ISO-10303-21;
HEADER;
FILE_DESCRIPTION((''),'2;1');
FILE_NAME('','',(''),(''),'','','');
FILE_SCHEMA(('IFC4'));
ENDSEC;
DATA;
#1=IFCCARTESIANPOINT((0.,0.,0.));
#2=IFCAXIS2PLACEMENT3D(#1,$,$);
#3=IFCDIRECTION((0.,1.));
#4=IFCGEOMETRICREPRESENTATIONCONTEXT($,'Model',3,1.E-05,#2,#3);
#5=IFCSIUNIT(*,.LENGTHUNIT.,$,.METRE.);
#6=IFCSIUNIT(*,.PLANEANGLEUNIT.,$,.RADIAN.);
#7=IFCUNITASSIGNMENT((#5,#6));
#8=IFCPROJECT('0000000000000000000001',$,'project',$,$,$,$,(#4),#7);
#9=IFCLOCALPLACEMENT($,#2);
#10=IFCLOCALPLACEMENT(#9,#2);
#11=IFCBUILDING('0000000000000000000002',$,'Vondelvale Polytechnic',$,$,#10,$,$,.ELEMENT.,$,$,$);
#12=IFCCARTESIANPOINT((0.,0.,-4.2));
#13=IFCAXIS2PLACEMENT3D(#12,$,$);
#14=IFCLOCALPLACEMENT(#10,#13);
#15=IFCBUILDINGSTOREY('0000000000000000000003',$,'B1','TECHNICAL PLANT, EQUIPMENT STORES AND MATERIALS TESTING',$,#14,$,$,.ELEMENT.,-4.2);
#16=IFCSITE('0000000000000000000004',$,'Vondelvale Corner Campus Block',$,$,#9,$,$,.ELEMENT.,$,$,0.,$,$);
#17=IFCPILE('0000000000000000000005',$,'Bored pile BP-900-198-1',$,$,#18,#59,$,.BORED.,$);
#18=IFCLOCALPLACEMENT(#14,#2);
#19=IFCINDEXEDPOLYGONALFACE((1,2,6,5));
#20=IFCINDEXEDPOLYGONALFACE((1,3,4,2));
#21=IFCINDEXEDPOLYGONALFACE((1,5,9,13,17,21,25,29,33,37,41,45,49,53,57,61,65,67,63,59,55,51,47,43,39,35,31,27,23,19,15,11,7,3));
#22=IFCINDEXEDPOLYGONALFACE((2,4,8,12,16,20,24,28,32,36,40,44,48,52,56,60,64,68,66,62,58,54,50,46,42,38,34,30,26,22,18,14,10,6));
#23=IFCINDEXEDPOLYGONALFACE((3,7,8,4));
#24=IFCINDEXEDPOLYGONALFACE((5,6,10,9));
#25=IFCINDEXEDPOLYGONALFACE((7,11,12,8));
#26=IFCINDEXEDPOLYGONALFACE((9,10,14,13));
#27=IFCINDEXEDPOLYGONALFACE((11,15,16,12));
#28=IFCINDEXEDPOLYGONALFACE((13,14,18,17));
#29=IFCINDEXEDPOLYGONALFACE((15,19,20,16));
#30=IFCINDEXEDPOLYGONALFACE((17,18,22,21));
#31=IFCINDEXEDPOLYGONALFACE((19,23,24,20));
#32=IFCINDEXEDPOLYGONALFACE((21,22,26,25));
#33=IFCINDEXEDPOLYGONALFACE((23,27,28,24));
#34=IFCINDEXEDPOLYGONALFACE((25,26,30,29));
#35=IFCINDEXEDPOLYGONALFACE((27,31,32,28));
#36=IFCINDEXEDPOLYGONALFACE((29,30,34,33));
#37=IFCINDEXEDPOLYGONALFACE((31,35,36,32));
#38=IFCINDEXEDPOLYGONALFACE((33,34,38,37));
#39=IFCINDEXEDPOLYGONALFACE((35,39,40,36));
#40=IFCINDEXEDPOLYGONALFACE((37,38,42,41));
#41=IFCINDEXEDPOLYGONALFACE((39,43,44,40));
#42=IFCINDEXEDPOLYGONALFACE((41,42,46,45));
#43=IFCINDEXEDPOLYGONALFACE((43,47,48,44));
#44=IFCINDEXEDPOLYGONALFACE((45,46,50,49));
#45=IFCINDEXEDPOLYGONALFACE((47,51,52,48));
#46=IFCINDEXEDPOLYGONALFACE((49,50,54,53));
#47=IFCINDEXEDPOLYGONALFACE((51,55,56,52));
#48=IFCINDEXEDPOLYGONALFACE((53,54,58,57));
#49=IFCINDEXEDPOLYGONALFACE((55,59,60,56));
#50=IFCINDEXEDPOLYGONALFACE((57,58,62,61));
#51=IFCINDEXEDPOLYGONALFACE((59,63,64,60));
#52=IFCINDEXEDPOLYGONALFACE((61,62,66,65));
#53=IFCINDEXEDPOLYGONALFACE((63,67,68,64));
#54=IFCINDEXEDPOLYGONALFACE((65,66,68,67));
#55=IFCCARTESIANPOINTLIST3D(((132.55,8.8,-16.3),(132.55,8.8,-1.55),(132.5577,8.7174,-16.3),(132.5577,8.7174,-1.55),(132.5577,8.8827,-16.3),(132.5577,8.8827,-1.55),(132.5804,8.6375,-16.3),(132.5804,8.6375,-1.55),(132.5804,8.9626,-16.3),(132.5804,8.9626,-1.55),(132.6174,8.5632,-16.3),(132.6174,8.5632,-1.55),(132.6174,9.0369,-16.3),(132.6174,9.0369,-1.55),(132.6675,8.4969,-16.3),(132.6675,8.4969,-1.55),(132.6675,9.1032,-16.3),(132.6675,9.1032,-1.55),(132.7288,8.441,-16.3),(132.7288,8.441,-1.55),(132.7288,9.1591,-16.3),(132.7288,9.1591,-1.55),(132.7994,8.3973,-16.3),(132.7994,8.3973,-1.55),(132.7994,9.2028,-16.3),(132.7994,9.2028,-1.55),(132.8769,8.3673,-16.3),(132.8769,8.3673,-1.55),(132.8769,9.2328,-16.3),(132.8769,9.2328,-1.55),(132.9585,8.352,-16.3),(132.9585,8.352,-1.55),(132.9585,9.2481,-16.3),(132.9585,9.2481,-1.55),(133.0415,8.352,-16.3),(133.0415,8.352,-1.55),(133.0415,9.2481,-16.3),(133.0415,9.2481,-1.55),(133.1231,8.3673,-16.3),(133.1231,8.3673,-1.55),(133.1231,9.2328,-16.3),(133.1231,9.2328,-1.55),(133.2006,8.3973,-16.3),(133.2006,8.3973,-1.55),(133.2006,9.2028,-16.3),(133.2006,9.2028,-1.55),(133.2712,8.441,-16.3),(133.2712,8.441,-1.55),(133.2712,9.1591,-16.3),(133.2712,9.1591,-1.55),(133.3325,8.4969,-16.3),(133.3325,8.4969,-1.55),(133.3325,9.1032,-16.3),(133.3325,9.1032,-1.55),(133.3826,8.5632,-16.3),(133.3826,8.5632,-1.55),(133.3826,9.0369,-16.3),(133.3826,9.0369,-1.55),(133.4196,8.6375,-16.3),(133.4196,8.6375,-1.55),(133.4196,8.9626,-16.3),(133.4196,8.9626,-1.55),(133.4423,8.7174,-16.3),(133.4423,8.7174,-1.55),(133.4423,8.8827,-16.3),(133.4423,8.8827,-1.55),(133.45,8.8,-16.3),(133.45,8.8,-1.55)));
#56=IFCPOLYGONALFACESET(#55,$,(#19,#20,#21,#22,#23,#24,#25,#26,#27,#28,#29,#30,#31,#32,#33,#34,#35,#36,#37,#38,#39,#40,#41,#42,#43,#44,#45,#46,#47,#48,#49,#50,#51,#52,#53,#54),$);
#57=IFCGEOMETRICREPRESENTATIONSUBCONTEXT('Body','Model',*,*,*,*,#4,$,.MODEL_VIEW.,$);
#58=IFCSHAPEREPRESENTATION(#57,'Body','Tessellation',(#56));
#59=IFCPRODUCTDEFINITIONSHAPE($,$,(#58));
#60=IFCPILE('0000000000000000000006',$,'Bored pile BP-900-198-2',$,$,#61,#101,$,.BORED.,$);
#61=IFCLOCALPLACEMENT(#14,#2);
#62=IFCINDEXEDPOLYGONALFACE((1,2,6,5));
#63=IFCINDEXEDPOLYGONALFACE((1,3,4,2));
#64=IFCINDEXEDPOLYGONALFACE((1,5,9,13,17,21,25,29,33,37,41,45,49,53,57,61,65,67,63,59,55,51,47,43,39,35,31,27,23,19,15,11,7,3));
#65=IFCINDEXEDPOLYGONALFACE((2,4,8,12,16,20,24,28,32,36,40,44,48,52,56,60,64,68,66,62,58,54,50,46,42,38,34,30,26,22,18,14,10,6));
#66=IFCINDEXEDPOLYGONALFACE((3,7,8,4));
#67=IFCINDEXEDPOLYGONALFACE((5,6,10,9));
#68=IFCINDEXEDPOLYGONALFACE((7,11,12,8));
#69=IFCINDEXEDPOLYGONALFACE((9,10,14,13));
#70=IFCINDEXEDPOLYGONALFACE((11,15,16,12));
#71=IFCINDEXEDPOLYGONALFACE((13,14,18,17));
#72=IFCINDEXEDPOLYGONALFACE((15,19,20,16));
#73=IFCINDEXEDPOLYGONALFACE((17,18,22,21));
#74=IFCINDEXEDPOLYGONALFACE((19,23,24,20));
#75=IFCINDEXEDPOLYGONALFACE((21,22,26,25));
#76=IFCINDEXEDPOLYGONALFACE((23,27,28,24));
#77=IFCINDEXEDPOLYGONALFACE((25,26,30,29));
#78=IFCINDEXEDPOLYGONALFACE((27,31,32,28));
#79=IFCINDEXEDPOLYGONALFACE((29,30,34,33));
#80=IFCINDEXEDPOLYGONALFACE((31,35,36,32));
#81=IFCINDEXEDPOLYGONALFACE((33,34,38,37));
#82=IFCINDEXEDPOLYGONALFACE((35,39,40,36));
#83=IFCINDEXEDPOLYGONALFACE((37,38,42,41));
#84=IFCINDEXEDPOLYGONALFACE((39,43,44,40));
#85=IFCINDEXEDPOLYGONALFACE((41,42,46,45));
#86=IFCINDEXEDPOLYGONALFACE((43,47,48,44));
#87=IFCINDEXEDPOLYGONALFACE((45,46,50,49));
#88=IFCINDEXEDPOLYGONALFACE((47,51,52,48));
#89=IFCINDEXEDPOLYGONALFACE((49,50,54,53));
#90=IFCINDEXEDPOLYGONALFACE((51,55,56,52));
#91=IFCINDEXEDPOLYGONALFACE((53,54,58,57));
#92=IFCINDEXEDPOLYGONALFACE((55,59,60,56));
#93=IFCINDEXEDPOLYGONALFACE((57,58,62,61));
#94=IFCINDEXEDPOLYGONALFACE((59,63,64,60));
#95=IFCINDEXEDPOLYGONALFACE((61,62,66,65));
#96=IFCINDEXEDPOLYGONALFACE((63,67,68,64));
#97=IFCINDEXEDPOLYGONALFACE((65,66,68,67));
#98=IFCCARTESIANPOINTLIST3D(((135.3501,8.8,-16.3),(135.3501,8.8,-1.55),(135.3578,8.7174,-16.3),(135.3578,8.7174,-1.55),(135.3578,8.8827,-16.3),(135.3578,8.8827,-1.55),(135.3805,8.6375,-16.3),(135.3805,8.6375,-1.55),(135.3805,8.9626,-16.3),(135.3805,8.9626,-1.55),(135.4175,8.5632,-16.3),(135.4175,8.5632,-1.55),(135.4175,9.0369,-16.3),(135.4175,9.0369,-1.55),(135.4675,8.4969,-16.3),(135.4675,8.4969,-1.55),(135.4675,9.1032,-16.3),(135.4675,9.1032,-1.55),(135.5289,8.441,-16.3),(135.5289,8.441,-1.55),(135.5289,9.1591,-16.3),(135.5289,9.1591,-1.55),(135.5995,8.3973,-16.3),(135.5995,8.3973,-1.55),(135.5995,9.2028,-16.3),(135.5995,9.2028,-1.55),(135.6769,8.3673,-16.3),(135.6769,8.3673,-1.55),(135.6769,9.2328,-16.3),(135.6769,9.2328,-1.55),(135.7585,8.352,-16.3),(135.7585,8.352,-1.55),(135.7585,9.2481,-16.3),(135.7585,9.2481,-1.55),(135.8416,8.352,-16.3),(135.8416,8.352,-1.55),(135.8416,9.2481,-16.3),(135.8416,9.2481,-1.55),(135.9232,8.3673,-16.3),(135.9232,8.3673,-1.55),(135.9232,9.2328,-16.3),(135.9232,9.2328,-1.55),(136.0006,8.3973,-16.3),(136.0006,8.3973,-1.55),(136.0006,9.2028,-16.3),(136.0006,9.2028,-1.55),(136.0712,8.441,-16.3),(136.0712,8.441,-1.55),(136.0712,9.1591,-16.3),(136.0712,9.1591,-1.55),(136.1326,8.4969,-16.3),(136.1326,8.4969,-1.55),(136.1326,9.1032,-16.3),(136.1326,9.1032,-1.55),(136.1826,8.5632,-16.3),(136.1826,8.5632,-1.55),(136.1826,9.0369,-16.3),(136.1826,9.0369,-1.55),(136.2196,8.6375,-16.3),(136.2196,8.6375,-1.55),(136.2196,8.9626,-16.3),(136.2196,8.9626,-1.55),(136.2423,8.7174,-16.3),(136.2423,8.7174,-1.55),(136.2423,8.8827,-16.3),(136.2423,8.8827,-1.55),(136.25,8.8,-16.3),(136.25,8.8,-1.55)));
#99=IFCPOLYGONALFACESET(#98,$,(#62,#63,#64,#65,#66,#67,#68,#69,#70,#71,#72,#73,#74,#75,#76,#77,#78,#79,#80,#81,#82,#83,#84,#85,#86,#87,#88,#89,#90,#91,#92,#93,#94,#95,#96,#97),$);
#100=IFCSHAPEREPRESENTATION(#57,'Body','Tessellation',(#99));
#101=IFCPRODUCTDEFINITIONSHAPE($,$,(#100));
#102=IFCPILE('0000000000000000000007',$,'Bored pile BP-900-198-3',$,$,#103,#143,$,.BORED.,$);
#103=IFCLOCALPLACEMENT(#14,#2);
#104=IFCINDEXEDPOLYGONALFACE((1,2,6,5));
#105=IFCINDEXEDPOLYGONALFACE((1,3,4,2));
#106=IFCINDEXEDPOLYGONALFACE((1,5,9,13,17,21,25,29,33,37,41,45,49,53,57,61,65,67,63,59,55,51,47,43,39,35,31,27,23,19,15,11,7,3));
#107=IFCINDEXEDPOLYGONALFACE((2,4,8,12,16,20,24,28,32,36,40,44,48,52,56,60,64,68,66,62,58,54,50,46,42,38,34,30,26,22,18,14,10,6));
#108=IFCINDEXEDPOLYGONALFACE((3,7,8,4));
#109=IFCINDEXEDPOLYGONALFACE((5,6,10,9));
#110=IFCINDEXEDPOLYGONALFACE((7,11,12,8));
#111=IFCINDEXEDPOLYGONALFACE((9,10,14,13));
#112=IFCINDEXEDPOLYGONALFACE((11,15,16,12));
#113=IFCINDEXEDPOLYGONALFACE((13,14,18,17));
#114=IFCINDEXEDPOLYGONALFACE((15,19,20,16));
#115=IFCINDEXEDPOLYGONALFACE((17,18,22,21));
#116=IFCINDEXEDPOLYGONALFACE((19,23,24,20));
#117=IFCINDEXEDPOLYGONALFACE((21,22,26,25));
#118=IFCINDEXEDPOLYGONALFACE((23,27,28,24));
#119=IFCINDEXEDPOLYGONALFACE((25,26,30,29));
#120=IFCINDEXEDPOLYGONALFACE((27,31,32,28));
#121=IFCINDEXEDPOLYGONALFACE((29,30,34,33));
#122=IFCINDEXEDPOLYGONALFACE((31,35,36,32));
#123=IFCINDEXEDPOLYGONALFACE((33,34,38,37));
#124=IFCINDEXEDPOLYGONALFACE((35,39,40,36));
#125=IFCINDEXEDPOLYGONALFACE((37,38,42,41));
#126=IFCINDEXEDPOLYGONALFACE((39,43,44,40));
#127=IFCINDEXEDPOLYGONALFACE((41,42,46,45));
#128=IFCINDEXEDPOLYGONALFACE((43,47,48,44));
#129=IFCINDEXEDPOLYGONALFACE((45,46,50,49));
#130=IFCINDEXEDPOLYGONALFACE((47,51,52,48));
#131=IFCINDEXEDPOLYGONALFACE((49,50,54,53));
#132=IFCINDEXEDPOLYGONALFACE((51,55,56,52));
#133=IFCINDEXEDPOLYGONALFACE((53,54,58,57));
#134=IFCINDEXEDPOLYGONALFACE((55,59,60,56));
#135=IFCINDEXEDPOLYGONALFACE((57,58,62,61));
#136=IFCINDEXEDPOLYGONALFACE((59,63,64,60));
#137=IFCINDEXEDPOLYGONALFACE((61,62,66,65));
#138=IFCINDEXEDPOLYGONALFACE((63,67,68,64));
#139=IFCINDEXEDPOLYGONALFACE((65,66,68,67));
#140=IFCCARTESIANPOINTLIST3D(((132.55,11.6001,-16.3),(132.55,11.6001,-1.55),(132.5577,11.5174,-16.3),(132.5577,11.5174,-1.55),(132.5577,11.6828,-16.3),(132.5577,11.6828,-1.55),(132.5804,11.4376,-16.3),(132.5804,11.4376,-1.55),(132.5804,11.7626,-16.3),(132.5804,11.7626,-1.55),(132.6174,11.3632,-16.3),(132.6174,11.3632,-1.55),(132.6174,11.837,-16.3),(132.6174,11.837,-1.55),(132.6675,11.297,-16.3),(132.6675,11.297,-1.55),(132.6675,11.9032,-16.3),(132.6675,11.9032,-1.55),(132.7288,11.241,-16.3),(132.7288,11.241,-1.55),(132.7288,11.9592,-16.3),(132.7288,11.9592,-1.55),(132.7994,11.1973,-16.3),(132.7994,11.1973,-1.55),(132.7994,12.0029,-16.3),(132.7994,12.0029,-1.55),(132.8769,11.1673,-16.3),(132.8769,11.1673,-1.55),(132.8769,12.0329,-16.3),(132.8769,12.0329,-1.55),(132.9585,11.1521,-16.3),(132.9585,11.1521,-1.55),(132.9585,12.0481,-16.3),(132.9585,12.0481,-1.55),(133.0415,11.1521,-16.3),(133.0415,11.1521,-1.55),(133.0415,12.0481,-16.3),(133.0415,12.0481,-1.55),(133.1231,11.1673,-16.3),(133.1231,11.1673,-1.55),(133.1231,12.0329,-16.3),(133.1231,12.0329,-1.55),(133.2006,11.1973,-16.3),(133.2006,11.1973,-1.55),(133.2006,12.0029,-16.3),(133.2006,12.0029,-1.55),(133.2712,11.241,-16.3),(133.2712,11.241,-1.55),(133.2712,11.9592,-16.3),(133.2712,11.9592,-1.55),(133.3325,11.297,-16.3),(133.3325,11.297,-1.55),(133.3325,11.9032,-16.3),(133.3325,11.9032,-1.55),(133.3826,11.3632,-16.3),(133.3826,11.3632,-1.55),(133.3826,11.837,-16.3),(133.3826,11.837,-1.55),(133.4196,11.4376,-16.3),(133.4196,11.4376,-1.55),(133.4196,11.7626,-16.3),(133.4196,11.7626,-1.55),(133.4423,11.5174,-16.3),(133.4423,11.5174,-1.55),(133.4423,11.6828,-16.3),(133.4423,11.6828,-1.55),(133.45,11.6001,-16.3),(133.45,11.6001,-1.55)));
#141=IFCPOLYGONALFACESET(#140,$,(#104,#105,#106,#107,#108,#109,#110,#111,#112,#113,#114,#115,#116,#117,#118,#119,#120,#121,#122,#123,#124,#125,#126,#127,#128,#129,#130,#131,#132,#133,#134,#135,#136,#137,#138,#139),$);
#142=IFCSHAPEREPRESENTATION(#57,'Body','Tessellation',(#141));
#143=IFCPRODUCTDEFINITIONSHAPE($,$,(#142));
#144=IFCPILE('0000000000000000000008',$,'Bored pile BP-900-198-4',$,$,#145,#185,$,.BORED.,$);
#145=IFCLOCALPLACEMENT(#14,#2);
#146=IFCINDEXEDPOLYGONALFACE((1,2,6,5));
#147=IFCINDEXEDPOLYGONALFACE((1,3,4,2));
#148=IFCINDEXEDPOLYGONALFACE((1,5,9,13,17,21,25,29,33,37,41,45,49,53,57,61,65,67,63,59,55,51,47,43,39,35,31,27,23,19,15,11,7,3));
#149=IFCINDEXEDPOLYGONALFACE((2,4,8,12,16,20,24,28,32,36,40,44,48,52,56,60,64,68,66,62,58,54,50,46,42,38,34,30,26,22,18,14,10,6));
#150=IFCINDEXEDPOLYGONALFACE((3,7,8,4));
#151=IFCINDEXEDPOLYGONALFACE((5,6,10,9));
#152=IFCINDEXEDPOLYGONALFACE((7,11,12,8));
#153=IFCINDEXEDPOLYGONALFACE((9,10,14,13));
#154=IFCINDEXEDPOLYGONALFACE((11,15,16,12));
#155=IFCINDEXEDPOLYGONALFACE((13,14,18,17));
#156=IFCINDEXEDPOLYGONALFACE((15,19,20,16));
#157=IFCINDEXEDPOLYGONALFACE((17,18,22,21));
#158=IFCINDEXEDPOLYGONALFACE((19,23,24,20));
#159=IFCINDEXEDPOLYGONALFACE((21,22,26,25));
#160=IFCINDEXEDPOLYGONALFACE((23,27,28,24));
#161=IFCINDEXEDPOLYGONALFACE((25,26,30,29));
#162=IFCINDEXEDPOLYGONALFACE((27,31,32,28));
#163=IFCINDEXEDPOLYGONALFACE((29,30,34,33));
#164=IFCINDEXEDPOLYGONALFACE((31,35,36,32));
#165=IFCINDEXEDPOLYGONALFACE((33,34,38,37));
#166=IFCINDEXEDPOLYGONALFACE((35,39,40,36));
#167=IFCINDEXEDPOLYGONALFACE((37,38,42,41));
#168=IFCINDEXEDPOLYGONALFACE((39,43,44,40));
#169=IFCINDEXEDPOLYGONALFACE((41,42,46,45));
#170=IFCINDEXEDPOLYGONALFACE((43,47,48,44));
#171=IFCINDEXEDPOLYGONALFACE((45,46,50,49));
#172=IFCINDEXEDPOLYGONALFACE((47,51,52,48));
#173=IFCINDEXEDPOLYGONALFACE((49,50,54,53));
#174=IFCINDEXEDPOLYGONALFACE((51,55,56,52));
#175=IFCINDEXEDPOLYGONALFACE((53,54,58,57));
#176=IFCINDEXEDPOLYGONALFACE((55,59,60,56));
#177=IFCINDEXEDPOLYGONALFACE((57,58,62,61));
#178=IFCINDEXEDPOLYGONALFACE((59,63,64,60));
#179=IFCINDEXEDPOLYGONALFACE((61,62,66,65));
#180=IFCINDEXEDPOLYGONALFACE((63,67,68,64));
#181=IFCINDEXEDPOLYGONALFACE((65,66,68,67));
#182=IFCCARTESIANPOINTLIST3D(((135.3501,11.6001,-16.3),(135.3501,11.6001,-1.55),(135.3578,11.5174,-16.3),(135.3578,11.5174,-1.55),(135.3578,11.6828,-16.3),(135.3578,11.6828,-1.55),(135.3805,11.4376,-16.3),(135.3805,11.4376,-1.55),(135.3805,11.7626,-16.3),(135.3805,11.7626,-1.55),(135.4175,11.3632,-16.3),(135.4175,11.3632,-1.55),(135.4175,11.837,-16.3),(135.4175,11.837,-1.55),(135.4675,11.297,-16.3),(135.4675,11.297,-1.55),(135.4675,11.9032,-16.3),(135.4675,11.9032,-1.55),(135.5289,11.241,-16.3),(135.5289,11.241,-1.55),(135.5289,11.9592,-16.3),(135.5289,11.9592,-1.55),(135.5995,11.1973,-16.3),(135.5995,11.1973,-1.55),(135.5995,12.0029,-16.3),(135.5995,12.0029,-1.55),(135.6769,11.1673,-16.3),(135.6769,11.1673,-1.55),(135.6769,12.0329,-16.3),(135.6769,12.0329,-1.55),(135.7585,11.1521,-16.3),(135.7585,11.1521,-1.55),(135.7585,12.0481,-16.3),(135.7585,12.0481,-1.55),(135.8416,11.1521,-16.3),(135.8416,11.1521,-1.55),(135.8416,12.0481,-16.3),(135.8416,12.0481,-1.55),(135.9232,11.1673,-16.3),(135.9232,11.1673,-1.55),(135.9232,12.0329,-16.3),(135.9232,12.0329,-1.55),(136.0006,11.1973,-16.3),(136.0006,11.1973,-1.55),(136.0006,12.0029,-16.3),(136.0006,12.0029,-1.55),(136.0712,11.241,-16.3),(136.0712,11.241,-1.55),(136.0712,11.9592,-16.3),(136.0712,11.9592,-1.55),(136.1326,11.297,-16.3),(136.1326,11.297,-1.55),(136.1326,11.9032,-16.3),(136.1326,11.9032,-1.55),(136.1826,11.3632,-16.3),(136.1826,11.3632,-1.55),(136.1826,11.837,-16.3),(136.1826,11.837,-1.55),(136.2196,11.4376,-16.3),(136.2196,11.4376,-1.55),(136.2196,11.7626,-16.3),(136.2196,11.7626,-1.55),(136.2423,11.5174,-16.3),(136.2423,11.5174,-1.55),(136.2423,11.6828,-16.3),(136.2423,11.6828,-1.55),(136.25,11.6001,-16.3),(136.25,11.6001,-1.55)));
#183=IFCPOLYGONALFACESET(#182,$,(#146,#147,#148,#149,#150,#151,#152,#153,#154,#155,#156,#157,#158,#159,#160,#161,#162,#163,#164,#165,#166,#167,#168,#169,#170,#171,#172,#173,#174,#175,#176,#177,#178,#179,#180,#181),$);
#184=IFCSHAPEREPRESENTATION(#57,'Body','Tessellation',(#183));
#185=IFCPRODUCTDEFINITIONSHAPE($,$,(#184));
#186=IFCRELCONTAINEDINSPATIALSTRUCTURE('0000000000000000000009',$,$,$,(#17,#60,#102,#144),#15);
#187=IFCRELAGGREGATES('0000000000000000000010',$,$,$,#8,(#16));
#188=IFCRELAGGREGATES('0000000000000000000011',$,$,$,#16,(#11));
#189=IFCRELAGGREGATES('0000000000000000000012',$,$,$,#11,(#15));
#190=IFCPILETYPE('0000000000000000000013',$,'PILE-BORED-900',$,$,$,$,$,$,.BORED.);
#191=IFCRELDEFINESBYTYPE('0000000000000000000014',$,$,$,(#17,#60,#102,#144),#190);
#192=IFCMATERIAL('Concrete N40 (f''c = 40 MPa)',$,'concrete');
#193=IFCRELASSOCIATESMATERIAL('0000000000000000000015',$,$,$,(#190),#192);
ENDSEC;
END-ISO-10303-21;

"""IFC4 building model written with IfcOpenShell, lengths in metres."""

from ifc_helpers import new_model, si_unit, direction, frame, origin, origin_2d, place, context, subcontext, project, spatial, circle, extrude, material, material_profile, profile_set, type_object, element, save


model = new_model("IFC4")

# Units and contexts
model_context = context("Model", 3, precision=1e-05, world=origin(), true_north=direction((0.0, 1.0)))
body_context = subcontext(model_context, "Body", "Model", "MODEL_VIEW")
ifc_project = project(units=[si_unit("LENGTHUNIT", "METRE"), si_unit("PLANEANGLEUNIT", "RADIAN")], contexts=[model_context])

# Site, building, storey
site_placement = place(None, origin())
site = spatial("IfcSite", under=ifc_project, at=site_placement, Name="Vondelvale Corner Campus Block", CompositionType="ELEMENT", RefElevation=0.0)
building_placement = place(site_placement, origin())
building = spatial("IfcBuilding", under=site, at=building_placement, Name="Vondelvale Polytechnic", CompositionType="ELEMENT")
storey_placement = place(building_placement, frame((0.0, 0.0, -4.2)))
storey = spatial("IfcBuildingStorey", under=building, at=storey_placement, Name="B1", Description="TECHNICAL PLANT, EQUIPMENT STORES AND MATERIALS TESTING", CompositionType="ELEMENT", Elevation=-4.2)

# Shared definitions
ifc_material_1 = material(Name="Concrete N40 (f'c = 40 MPa)", Category="concrete")

# Piles
ifc_material_profile_1 = material_profile(ifc_material_1, circle(Radius=0.45, at=origin_2d()), Name="PILE-D900")
ifc_profile_set_1 = profile_set([ifc_material_profile_1], Name="Concrete N40 (f'c = 40 MPa)")
pile_type_1 = type_object("IfcPileType", Name="PILE-BORED-900", PredefinedType="BORED", material=ifc_profile_set_1)
for number, where, z_axis, x_axis, name in (
    (1, (133.0, 8.8, -1.55), (0.0, 0.0, -1.0), (1.0, 0.0, 0.0), "Bored pile BP-900-198-1"),
    (2, (135.8, 8.8, -1.55), (0.0, 0.0, -1.0), (1.0, 0.0, 0.0), "Bored pile BP-900-198-2"),
    (3, (133.0, 11.6001, -1.55), (0.0, 0.0, -1.0), (1.0, 0.0, 0.0), "Bored pile BP-900-198-3"),
    (4, (135.8, 11.6001, -1.55), (0.0, 0.0, -1.0), (1.0, 0.0, 0.0), "Bored pile BP-900-198-4"),
):
    element("IfcPile", number, at=place(storey_placement, frame(where, z_axis=z_axis, x_axis=x_axis)), inside=storey, type_object=pile_type_1, Name=name, PredefinedType="BORED", context=body_context, shape_type="SweptSolid", body=[
        extrude(circle(Radius=0.45, at=origin_2d()), origin(), (0.0, 0.0, 1.0), 14.75),
    ])

save(model, "model.ifc")
